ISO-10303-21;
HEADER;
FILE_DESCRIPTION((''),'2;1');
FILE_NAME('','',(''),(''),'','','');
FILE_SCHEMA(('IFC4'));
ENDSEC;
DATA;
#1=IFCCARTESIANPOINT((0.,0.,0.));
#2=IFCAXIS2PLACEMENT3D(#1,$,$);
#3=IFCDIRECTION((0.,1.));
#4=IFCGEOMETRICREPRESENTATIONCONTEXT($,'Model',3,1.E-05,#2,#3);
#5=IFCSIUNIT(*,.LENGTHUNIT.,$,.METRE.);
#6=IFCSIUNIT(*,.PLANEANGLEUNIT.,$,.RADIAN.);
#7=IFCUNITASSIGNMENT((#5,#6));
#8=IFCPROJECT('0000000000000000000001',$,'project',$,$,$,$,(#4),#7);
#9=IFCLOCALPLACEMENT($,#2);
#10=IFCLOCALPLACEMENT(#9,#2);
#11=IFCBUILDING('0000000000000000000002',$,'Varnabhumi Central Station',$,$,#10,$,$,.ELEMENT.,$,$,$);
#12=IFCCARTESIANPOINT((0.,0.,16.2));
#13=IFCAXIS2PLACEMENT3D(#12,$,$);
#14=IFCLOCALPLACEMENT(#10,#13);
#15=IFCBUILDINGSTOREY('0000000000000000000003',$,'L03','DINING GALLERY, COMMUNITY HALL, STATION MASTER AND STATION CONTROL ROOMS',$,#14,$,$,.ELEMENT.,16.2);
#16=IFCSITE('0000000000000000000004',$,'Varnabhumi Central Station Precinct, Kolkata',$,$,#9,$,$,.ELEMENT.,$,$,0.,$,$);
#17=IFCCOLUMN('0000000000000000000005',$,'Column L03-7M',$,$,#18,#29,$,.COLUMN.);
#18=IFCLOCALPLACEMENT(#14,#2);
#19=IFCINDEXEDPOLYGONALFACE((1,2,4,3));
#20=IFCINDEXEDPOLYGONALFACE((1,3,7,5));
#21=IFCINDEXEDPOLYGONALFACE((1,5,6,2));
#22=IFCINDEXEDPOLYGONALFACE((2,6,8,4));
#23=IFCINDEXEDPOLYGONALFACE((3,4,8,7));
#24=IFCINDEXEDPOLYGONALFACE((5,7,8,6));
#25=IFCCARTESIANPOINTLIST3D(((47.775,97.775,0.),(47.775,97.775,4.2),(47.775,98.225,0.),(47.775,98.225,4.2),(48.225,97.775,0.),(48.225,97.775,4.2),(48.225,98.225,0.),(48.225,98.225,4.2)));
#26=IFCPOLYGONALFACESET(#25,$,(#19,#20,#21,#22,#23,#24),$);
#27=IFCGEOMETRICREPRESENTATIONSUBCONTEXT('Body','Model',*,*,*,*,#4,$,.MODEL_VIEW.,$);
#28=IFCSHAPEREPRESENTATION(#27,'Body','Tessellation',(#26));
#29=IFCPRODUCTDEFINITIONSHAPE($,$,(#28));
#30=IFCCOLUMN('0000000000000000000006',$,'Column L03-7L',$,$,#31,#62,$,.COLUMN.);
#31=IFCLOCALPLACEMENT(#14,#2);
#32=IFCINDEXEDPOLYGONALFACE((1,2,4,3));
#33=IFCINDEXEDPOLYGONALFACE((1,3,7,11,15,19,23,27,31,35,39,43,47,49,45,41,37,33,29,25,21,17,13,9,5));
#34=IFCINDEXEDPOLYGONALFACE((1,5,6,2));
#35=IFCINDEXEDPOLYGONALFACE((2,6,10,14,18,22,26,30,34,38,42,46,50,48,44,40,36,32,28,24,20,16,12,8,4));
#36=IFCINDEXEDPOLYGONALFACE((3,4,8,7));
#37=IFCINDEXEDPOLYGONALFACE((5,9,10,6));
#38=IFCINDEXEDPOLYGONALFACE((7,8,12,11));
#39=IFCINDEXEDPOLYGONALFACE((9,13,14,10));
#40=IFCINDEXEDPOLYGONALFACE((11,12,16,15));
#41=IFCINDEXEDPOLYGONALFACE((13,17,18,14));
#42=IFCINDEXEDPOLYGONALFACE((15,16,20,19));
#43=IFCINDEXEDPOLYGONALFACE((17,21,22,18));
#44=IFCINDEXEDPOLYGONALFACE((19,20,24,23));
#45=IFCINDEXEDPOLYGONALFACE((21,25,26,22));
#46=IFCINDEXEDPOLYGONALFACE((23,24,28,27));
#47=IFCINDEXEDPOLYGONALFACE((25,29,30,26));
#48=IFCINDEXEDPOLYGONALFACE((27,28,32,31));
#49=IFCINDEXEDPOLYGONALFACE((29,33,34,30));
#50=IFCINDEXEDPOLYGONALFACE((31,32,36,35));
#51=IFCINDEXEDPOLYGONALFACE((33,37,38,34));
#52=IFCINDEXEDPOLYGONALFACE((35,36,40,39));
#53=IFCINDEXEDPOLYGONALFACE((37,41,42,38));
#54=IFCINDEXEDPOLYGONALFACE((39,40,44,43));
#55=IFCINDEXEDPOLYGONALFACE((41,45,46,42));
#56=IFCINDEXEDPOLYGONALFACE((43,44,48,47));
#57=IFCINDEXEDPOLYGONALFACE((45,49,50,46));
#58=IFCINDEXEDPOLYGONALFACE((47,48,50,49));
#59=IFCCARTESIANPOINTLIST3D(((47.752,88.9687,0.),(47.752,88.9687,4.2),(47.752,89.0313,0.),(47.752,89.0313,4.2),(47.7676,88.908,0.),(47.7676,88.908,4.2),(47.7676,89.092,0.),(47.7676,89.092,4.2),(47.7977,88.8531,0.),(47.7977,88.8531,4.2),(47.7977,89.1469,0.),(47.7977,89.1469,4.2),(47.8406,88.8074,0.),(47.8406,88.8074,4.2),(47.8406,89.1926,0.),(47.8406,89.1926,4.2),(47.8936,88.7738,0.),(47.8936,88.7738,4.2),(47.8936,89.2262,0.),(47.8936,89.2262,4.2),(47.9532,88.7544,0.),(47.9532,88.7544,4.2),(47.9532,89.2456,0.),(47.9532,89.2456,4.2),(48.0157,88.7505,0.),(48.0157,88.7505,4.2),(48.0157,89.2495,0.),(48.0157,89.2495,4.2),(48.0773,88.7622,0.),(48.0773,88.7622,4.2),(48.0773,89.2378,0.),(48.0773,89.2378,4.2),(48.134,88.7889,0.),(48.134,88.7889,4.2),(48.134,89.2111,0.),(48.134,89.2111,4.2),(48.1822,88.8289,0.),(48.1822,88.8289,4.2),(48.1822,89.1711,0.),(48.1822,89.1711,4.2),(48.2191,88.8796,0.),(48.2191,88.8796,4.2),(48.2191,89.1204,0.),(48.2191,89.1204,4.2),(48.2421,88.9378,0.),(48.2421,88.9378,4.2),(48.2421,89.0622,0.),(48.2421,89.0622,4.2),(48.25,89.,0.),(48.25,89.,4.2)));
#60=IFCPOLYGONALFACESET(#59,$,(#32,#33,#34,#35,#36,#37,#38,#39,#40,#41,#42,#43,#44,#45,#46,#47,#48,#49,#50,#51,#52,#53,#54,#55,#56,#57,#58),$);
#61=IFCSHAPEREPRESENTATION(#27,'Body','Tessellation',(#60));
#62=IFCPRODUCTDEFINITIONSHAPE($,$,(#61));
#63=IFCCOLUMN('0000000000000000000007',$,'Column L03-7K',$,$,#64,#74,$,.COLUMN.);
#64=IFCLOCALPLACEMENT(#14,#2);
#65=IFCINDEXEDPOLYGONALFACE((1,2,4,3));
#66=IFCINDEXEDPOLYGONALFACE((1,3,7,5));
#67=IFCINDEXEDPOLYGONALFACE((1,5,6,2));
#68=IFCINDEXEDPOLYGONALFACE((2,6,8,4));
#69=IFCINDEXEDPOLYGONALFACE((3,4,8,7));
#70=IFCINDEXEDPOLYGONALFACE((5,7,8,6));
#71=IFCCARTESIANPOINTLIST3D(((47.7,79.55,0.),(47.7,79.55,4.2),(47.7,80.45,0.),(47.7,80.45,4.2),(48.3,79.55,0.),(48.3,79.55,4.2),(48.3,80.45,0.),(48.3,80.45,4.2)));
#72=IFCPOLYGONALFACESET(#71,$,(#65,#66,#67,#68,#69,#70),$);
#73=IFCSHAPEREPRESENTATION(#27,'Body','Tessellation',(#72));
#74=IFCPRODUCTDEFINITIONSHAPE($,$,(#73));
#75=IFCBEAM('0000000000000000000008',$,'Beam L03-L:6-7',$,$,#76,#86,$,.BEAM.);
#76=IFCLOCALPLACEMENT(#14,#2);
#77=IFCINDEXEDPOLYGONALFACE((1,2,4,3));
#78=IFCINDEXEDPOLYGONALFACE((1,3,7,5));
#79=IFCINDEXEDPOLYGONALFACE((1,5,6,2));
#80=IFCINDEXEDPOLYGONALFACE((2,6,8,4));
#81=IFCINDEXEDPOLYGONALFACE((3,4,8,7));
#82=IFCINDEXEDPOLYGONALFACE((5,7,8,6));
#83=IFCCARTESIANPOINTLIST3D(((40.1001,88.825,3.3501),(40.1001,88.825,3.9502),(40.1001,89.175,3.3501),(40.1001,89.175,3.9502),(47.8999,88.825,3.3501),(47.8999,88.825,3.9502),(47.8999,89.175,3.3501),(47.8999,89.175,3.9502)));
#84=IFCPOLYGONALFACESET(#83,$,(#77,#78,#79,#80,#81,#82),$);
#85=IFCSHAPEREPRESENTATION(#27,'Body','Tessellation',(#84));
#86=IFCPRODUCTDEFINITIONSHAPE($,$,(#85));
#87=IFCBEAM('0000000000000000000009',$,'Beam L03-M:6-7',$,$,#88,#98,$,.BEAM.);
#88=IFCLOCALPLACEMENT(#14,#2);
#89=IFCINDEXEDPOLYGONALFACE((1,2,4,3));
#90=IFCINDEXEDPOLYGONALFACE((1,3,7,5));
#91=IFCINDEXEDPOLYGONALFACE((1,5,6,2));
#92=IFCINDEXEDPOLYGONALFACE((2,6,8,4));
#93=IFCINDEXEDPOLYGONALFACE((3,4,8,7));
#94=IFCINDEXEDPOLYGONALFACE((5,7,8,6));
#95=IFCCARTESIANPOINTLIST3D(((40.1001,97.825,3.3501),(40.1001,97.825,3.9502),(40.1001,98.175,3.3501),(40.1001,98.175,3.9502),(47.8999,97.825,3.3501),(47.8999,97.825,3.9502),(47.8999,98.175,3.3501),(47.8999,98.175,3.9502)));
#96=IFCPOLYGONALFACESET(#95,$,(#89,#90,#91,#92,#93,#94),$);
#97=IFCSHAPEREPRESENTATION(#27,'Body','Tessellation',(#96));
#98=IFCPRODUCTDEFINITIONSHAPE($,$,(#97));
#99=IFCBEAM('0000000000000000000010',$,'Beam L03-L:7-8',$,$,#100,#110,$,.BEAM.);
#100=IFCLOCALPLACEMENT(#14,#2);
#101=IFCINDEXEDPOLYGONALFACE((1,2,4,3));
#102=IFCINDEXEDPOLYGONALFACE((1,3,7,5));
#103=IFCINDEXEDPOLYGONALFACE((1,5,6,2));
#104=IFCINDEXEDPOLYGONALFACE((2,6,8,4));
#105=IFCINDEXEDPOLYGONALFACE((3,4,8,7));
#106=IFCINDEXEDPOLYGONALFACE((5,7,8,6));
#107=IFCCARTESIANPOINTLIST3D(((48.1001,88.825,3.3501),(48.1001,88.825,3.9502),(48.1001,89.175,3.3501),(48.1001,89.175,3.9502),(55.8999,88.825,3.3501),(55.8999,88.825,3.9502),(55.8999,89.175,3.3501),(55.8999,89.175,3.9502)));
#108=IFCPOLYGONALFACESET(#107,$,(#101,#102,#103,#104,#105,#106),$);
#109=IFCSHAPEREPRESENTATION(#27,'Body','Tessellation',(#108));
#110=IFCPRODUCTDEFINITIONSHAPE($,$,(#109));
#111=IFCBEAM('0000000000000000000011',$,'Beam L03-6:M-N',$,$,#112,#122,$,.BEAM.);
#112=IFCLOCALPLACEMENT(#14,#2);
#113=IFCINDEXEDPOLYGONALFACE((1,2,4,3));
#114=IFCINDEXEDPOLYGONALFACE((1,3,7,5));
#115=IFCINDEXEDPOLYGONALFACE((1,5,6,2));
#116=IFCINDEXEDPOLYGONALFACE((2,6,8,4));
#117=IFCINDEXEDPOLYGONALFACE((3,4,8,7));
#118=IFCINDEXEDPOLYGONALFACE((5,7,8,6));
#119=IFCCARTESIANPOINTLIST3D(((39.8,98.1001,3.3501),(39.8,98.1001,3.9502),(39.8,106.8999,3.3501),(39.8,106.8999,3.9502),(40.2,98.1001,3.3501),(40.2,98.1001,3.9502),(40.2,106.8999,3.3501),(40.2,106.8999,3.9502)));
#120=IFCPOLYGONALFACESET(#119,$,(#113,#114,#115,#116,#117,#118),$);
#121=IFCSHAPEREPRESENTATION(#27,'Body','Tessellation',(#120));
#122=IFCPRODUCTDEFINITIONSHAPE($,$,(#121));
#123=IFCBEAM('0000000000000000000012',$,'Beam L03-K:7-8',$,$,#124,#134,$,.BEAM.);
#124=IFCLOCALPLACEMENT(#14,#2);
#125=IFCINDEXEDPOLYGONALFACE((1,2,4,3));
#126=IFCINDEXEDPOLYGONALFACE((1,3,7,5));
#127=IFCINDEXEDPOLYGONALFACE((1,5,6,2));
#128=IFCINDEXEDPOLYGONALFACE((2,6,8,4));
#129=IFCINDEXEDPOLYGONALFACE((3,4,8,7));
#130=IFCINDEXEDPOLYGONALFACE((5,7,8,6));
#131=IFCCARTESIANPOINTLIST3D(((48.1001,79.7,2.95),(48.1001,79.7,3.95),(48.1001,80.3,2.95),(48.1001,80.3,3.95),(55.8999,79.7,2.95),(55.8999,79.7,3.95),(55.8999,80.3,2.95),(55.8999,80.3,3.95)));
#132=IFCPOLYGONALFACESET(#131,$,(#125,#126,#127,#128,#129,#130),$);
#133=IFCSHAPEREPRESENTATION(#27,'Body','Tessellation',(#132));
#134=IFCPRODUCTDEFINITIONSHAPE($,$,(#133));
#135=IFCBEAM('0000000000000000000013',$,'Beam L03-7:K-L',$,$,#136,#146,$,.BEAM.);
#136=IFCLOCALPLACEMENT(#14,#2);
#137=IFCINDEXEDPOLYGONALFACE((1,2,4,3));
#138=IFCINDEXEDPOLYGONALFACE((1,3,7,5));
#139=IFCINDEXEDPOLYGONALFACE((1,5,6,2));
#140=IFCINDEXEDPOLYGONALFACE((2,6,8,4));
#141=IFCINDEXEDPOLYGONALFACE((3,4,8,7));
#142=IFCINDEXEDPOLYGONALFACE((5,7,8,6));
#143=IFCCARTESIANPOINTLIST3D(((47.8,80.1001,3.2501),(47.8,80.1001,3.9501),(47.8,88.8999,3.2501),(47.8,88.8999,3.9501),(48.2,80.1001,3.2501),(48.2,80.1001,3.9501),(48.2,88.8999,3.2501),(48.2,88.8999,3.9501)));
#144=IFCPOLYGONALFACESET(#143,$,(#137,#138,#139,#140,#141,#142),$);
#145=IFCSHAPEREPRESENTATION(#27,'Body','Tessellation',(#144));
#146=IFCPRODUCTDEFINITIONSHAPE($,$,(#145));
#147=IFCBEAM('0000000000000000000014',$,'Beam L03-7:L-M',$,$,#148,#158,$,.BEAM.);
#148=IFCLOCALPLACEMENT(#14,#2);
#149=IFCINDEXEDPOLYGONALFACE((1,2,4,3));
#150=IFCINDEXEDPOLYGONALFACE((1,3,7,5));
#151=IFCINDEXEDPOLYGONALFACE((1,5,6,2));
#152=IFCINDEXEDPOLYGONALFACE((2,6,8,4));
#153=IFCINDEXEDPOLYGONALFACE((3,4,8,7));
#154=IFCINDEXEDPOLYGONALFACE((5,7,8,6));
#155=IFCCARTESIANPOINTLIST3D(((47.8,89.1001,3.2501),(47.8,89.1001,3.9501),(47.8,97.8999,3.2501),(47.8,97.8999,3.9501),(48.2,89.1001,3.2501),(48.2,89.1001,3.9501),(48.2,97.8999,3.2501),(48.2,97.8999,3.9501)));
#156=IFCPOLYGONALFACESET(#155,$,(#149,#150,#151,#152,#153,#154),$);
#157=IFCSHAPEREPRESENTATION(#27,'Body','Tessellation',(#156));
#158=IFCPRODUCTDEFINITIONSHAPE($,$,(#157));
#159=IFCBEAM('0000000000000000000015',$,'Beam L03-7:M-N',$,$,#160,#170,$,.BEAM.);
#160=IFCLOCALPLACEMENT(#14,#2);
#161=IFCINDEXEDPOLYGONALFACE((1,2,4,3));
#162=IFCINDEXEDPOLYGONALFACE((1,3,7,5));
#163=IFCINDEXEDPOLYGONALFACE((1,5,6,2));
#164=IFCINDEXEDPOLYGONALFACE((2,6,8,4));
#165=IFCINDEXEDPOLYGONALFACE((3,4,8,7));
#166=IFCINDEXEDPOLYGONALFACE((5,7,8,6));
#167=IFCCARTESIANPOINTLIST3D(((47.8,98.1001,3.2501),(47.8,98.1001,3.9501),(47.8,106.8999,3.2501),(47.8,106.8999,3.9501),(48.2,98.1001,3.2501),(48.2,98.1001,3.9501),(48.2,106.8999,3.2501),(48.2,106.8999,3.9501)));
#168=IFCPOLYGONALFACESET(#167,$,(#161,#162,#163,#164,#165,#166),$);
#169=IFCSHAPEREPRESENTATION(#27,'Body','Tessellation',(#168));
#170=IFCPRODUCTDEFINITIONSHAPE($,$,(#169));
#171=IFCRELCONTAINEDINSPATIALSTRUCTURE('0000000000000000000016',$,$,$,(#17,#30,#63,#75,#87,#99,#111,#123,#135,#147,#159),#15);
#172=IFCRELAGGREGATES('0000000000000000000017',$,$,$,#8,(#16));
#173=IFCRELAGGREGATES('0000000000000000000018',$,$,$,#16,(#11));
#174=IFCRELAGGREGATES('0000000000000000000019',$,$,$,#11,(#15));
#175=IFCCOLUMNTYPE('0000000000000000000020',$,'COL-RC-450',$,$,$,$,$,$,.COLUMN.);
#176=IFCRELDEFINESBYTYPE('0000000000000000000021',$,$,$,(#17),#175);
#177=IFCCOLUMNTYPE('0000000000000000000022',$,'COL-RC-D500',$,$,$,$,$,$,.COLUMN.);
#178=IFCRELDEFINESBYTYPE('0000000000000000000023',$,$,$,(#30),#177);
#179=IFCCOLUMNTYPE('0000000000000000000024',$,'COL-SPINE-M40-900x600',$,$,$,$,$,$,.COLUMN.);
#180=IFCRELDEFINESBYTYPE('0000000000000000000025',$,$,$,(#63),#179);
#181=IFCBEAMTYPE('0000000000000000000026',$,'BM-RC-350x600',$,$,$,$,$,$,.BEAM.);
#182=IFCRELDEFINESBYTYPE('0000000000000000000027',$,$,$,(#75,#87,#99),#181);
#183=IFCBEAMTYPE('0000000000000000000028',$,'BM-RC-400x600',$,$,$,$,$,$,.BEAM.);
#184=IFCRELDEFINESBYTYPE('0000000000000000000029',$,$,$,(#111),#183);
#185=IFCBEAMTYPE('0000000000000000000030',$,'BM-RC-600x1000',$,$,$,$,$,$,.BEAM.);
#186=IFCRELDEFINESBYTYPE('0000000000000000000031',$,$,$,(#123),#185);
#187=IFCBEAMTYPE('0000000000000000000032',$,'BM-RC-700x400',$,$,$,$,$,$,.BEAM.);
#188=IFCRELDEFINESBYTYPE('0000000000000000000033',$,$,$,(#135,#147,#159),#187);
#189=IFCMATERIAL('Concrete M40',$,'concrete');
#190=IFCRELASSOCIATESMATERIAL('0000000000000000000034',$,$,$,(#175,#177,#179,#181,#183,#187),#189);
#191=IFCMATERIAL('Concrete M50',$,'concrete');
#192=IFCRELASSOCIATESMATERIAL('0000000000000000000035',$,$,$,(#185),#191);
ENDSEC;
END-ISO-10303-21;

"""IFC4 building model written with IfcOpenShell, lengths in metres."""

from ifc_helpers import new_model, si_unit, direction, frame, origin, origin_2d, place, context, subcontext, project, spatial, rectangle, circle, extrude, material, material_profile, profile_set, type_object, element, save


model = new_model("IFC4")

# Units and contexts
model_context = context("Model", 3, precision=1e-05, world=origin(), true_north=direction((0.0, 1.0)))
body_context = subcontext(model_context, "Body", "Model", "MODEL_VIEW")
ifc_project = project(units=[si_unit("LENGTHUNIT", "METRE"), si_unit("PLANEANGLEUNIT", "RADIAN")], contexts=[model_context])

# Site, building, storey
site_placement = place(None, origin())
site = spatial("IfcSite", under=ifc_project, at=site_placement, Name="Varnabhumi Central Station Precinct, Kolkata", CompositionType="ELEMENT", RefElevation=0.0)
building_placement = place(site_placement, origin())
building = spatial("IfcBuilding", under=site, at=building_placement, Name="Varnabhumi Central Station", CompositionType="ELEMENT")
storey_placement = place(building_placement, frame((0.0, 0.0, 16.2)))
storey = spatial("IfcBuildingStorey", under=building, at=storey_placement, Name="L03", Description="DINING GALLERY, COMMUNITY HALL, STATION MASTER AND STATION CONTROL ROOMS", CompositionType="ELEMENT", Elevation=16.2)

# Columns
ifc_material_1 = material(Name="Concrete M40", Category="concrete")
ifc_material_profile_1 = material_profile(ifc_material_1, rectangle(XDim=0.45, YDim=0.45, at=origin_2d()), Name="Concrete M40", Category="concrete")
ifc_profile_set_1 = profile_set([ifc_material_profile_1], Name="Concrete M40")
column_type_1 = type_object("IfcColumnType", Name="COL-RC-450", PredefinedType="COLUMN", material=ifc_profile_set_1)
column_1_placement = place(storey_placement, frame((48.0, 98.0, 0.0), z_axis=(0.0, 0.0, 1.0), x_axis=(1.0, 0.0, 0.0)))
element("IfcColumn", 1, at=column_1_placement, inside=storey, type_object=column_type_1, Name="Column L03-7M", PredefinedType="COLUMN", context=body_context, shape_type="SweptSolid", body=[
    extrude(rectangle(XDim=0.45, YDim=0.45, at=origin_2d()), origin(), (0.0, 0.0, 1.0), 4.2),
])
ifc_material_profile_2 = material_profile(ifc_material_1, circle(Radius=0.25, at=origin_2d()), Name="Concrete M40", Category="concrete")
ifc_profile_set_2 = profile_set([ifc_material_profile_2], Name="Concrete M40")
column_type_2 = type_object("IfcColumnType", Name="COL-RC-D500", PredefinedType="COLUMN", material=ifc_profile_set_2)
column_2_placement = place(storey_placement, frame((48.0, 89.0, 0.0), z_axis=(0.0, 0.0, 1.0), x_axis=(1.0, 0.0, 0.0)))
element("IfcColumn", 2, at=column_2_placement, inside=storey, type_object=column_type_2, Name="Column L03-7L", PredefinedType="COLUMN", context=body_context, shape_type="SweptSolid", body=[
    extrude(circle(Radius=0.25, at=origin_2d()), origin(), (0.0, 0.0, 1.0), 4.2),
])
ifc_material_profile_3 = material_profile(ifc_material_1, rectangle(XDim=0.6001, YDim=0.8999, at=origin_2d()), Name="Concrete M40", Category="concrete")
ifc_profile_set_3 = profile_set([ifc_material_profile_3], Name="Concrete M40")
column_type_3 = type_object("IfcColumnType", Name="COL-SPINE-M40-900x600", PredefinedType="COLUMN", material=ifc_profile_set_3)
column_3_placement = place(storey_placement, frame((48.0, 80.0, 0.0), z_axis=(0.0, 0.0, 1.0), x_axis=(1.0, 0.0, 0.0)))
element("IfcColumn", 3, at=column_3_placement, inside=storey, type_object=column_type_3, Name="Column L03-7K", PredefinedType="COLUMN", context=body_context, shape_type="SweptSolid", body=[
    extrude(rectangle(XDim=0.6001, YDim=0.8999, at=origin_2d()), origin(), (0.0, 0.0, 1.0), 4.2),
])

# Beams
ifc_material_profile_4 = material_profile(ifc_material_1, rectangle(XDim=0.3501, YDim=0.6001, at=origin_2d()), Name="Concrete M40", Category="concrete")
ifc_profile_set_4 = profile_set([ifc_material_profile_4], Name="Concrete M40")
beam_type_1 = type_object("IfcBeamType", Name="BM-RC-350x600", PredefinedType="BEAM", material=ifc_profile_set_4)
for number, where, z_axis, x_axis, name in (
    (4, (40.1001, 89.0, 3.6501), (1.0, 0.0, 0.0), (0.0, 1.0, 0.0), "Beam L03-L:6-7"),
    (5, (40.1001, 98.0, 3.6501), (1.0, 0.0, 0.0), (0.0, 1.0, 0.0), "Beam L03-M:6-7"),
    (6, (48.1001, 89.0, 3.6501), (1.0, 0.0, 0.0), (0.0, 1.0, 0.0), "Beam L03-L:7-8"),
):
    element("IfcBeam", number, at=place(storey_placement, frame(where, z_axis=z_axis, x_axis=x_axis)), inside=storey, type_object=beam_type_1, Name=name, PredefinedType="BEAM", context=body_context, shape_type="SweptSolid", body=[
        extrude(rectangle(XDim=0.3501, YDim=0.6001, at=origin_2d()), origin(), (0.0, 0.0, 1.0), 7.7998),
    ])
ifc_material_profile_5 = material_profile(ifc_material_1, rectangle(XDim=0.3999, YDim=0.6001, at=origin_2d()), Name="Concrete M40", Category="concrete")
ifc_profile_set_5 = profile_set([ifc_material_profile_5], Name="Concrete M40")
beam_type_2 = type_object("IfcBeamType", Name="BM-RC-400x600", PredefinedType="BEAM", material=ifc_profile_set_5)
beam_1_placement = place(storey_placement, frame((40.0, 98.1001, 3.6501), z_axis=(0.0, 1.0, 0.0), x_axis=(-1.0, 0.0, 0.0)))
element("IfcBeam", 7, at=beam_1_placement, inside=storey, type_object=beam_type_2, Name="Beam L03-6:M-N", PredefinedType="BEAM", context=body_context, shape_type="SweptSolid", body=[
    extrude(rectangle(XDim=0.3999, YDim=0.6001, at=origin_2d()), origin(), (0.0, 0.0, 1.0), 8.7998),
])
ifc_material_2 = material(Name="Concrete M50", Category="concrete")
ifc_material_profile_6 = material_profile(ifc_material_2, rectangle(XDim=0.6001, YDim=1.0, at=origin_2d()), Name="Concrete M50", Category="concrete")
ifc_profile_set_6 = profile_set([ifc_material_profile_6], Name="Concrete M50")
beam_type_3 = type_object("IfcBeamType", Name="BM-RC-600x1000", PredefinedType="BEAM", material=ifc_profile_set_6)
beam_2_placement = place(storey_placement, frame((48.1001, 80.0, 3.45), z_axis=(1.0, 0.0, 0.0), x_axis=(0.0, 1.0, 0.0)))
element("IfcBeam", 8, at=beam_2_placement, inside=storey, type_object=beam_type_3, Name="Beam L03-K:7-8", PredefinedType="BEAM", context=body_context, shape_type="SweptSolid", body=[
    extrude(rectangle(XDim=0.6001, YDim=1.0, at=origin_2d()), origin(), (0.0, 0.0, 1.0), 7.7998),
])
ifc_material_profile_7 = material_profile(ifc_material_1, rectangle(XDim=0.3999, YDim=0.7, at=origin_2d()), Name="Concrete M40", Category="concrete")
ifc_profile_set_7 = profile_set([ifc_material_profile_7], Name="Concrete M40")
beam_type_4 = type_object("IfcBeamType", Name="BM-RC-700x400", PredefinedType="BEAM", material=ifc_profile_set_7)
for number, where, z_axis, x_axis, name in (
    (9, (48.0, 80.1001, 3.6001), (0.0, 1.0, 0.0), (-1.0, 0.0, 0.0), "Beam L03-7:K-L"),
    (10, (48.0, 89.1001, 3.6001), (0.0, 1.0, 0.0), (-1.0, 0.0, 0.0), "Beam L03-7:L-M"),
    (11, (48.0, 98.1001, 3.6001), (0.0, 1.0, 0.0), (-1.0, 0.0, 0.0), "Beam L03-7:M-N"),
):
    element("IfcBeam", number, at=place(storey_placement, frame(where, z_axis=z_axis, x_axis=x_axis)), inside=storey, type_object=beam_type_4, Name=name, PredefinedType="BEAM", context=body_context, shape_type="SweptSolid", body=[
        extrude(rectangle(XDim=0.3999, YDim=0.7, at=origin_2d()), origin(), (0.0, 0.0, 1.0), 8.7998),
    ])

save(model, "model.ifc")
